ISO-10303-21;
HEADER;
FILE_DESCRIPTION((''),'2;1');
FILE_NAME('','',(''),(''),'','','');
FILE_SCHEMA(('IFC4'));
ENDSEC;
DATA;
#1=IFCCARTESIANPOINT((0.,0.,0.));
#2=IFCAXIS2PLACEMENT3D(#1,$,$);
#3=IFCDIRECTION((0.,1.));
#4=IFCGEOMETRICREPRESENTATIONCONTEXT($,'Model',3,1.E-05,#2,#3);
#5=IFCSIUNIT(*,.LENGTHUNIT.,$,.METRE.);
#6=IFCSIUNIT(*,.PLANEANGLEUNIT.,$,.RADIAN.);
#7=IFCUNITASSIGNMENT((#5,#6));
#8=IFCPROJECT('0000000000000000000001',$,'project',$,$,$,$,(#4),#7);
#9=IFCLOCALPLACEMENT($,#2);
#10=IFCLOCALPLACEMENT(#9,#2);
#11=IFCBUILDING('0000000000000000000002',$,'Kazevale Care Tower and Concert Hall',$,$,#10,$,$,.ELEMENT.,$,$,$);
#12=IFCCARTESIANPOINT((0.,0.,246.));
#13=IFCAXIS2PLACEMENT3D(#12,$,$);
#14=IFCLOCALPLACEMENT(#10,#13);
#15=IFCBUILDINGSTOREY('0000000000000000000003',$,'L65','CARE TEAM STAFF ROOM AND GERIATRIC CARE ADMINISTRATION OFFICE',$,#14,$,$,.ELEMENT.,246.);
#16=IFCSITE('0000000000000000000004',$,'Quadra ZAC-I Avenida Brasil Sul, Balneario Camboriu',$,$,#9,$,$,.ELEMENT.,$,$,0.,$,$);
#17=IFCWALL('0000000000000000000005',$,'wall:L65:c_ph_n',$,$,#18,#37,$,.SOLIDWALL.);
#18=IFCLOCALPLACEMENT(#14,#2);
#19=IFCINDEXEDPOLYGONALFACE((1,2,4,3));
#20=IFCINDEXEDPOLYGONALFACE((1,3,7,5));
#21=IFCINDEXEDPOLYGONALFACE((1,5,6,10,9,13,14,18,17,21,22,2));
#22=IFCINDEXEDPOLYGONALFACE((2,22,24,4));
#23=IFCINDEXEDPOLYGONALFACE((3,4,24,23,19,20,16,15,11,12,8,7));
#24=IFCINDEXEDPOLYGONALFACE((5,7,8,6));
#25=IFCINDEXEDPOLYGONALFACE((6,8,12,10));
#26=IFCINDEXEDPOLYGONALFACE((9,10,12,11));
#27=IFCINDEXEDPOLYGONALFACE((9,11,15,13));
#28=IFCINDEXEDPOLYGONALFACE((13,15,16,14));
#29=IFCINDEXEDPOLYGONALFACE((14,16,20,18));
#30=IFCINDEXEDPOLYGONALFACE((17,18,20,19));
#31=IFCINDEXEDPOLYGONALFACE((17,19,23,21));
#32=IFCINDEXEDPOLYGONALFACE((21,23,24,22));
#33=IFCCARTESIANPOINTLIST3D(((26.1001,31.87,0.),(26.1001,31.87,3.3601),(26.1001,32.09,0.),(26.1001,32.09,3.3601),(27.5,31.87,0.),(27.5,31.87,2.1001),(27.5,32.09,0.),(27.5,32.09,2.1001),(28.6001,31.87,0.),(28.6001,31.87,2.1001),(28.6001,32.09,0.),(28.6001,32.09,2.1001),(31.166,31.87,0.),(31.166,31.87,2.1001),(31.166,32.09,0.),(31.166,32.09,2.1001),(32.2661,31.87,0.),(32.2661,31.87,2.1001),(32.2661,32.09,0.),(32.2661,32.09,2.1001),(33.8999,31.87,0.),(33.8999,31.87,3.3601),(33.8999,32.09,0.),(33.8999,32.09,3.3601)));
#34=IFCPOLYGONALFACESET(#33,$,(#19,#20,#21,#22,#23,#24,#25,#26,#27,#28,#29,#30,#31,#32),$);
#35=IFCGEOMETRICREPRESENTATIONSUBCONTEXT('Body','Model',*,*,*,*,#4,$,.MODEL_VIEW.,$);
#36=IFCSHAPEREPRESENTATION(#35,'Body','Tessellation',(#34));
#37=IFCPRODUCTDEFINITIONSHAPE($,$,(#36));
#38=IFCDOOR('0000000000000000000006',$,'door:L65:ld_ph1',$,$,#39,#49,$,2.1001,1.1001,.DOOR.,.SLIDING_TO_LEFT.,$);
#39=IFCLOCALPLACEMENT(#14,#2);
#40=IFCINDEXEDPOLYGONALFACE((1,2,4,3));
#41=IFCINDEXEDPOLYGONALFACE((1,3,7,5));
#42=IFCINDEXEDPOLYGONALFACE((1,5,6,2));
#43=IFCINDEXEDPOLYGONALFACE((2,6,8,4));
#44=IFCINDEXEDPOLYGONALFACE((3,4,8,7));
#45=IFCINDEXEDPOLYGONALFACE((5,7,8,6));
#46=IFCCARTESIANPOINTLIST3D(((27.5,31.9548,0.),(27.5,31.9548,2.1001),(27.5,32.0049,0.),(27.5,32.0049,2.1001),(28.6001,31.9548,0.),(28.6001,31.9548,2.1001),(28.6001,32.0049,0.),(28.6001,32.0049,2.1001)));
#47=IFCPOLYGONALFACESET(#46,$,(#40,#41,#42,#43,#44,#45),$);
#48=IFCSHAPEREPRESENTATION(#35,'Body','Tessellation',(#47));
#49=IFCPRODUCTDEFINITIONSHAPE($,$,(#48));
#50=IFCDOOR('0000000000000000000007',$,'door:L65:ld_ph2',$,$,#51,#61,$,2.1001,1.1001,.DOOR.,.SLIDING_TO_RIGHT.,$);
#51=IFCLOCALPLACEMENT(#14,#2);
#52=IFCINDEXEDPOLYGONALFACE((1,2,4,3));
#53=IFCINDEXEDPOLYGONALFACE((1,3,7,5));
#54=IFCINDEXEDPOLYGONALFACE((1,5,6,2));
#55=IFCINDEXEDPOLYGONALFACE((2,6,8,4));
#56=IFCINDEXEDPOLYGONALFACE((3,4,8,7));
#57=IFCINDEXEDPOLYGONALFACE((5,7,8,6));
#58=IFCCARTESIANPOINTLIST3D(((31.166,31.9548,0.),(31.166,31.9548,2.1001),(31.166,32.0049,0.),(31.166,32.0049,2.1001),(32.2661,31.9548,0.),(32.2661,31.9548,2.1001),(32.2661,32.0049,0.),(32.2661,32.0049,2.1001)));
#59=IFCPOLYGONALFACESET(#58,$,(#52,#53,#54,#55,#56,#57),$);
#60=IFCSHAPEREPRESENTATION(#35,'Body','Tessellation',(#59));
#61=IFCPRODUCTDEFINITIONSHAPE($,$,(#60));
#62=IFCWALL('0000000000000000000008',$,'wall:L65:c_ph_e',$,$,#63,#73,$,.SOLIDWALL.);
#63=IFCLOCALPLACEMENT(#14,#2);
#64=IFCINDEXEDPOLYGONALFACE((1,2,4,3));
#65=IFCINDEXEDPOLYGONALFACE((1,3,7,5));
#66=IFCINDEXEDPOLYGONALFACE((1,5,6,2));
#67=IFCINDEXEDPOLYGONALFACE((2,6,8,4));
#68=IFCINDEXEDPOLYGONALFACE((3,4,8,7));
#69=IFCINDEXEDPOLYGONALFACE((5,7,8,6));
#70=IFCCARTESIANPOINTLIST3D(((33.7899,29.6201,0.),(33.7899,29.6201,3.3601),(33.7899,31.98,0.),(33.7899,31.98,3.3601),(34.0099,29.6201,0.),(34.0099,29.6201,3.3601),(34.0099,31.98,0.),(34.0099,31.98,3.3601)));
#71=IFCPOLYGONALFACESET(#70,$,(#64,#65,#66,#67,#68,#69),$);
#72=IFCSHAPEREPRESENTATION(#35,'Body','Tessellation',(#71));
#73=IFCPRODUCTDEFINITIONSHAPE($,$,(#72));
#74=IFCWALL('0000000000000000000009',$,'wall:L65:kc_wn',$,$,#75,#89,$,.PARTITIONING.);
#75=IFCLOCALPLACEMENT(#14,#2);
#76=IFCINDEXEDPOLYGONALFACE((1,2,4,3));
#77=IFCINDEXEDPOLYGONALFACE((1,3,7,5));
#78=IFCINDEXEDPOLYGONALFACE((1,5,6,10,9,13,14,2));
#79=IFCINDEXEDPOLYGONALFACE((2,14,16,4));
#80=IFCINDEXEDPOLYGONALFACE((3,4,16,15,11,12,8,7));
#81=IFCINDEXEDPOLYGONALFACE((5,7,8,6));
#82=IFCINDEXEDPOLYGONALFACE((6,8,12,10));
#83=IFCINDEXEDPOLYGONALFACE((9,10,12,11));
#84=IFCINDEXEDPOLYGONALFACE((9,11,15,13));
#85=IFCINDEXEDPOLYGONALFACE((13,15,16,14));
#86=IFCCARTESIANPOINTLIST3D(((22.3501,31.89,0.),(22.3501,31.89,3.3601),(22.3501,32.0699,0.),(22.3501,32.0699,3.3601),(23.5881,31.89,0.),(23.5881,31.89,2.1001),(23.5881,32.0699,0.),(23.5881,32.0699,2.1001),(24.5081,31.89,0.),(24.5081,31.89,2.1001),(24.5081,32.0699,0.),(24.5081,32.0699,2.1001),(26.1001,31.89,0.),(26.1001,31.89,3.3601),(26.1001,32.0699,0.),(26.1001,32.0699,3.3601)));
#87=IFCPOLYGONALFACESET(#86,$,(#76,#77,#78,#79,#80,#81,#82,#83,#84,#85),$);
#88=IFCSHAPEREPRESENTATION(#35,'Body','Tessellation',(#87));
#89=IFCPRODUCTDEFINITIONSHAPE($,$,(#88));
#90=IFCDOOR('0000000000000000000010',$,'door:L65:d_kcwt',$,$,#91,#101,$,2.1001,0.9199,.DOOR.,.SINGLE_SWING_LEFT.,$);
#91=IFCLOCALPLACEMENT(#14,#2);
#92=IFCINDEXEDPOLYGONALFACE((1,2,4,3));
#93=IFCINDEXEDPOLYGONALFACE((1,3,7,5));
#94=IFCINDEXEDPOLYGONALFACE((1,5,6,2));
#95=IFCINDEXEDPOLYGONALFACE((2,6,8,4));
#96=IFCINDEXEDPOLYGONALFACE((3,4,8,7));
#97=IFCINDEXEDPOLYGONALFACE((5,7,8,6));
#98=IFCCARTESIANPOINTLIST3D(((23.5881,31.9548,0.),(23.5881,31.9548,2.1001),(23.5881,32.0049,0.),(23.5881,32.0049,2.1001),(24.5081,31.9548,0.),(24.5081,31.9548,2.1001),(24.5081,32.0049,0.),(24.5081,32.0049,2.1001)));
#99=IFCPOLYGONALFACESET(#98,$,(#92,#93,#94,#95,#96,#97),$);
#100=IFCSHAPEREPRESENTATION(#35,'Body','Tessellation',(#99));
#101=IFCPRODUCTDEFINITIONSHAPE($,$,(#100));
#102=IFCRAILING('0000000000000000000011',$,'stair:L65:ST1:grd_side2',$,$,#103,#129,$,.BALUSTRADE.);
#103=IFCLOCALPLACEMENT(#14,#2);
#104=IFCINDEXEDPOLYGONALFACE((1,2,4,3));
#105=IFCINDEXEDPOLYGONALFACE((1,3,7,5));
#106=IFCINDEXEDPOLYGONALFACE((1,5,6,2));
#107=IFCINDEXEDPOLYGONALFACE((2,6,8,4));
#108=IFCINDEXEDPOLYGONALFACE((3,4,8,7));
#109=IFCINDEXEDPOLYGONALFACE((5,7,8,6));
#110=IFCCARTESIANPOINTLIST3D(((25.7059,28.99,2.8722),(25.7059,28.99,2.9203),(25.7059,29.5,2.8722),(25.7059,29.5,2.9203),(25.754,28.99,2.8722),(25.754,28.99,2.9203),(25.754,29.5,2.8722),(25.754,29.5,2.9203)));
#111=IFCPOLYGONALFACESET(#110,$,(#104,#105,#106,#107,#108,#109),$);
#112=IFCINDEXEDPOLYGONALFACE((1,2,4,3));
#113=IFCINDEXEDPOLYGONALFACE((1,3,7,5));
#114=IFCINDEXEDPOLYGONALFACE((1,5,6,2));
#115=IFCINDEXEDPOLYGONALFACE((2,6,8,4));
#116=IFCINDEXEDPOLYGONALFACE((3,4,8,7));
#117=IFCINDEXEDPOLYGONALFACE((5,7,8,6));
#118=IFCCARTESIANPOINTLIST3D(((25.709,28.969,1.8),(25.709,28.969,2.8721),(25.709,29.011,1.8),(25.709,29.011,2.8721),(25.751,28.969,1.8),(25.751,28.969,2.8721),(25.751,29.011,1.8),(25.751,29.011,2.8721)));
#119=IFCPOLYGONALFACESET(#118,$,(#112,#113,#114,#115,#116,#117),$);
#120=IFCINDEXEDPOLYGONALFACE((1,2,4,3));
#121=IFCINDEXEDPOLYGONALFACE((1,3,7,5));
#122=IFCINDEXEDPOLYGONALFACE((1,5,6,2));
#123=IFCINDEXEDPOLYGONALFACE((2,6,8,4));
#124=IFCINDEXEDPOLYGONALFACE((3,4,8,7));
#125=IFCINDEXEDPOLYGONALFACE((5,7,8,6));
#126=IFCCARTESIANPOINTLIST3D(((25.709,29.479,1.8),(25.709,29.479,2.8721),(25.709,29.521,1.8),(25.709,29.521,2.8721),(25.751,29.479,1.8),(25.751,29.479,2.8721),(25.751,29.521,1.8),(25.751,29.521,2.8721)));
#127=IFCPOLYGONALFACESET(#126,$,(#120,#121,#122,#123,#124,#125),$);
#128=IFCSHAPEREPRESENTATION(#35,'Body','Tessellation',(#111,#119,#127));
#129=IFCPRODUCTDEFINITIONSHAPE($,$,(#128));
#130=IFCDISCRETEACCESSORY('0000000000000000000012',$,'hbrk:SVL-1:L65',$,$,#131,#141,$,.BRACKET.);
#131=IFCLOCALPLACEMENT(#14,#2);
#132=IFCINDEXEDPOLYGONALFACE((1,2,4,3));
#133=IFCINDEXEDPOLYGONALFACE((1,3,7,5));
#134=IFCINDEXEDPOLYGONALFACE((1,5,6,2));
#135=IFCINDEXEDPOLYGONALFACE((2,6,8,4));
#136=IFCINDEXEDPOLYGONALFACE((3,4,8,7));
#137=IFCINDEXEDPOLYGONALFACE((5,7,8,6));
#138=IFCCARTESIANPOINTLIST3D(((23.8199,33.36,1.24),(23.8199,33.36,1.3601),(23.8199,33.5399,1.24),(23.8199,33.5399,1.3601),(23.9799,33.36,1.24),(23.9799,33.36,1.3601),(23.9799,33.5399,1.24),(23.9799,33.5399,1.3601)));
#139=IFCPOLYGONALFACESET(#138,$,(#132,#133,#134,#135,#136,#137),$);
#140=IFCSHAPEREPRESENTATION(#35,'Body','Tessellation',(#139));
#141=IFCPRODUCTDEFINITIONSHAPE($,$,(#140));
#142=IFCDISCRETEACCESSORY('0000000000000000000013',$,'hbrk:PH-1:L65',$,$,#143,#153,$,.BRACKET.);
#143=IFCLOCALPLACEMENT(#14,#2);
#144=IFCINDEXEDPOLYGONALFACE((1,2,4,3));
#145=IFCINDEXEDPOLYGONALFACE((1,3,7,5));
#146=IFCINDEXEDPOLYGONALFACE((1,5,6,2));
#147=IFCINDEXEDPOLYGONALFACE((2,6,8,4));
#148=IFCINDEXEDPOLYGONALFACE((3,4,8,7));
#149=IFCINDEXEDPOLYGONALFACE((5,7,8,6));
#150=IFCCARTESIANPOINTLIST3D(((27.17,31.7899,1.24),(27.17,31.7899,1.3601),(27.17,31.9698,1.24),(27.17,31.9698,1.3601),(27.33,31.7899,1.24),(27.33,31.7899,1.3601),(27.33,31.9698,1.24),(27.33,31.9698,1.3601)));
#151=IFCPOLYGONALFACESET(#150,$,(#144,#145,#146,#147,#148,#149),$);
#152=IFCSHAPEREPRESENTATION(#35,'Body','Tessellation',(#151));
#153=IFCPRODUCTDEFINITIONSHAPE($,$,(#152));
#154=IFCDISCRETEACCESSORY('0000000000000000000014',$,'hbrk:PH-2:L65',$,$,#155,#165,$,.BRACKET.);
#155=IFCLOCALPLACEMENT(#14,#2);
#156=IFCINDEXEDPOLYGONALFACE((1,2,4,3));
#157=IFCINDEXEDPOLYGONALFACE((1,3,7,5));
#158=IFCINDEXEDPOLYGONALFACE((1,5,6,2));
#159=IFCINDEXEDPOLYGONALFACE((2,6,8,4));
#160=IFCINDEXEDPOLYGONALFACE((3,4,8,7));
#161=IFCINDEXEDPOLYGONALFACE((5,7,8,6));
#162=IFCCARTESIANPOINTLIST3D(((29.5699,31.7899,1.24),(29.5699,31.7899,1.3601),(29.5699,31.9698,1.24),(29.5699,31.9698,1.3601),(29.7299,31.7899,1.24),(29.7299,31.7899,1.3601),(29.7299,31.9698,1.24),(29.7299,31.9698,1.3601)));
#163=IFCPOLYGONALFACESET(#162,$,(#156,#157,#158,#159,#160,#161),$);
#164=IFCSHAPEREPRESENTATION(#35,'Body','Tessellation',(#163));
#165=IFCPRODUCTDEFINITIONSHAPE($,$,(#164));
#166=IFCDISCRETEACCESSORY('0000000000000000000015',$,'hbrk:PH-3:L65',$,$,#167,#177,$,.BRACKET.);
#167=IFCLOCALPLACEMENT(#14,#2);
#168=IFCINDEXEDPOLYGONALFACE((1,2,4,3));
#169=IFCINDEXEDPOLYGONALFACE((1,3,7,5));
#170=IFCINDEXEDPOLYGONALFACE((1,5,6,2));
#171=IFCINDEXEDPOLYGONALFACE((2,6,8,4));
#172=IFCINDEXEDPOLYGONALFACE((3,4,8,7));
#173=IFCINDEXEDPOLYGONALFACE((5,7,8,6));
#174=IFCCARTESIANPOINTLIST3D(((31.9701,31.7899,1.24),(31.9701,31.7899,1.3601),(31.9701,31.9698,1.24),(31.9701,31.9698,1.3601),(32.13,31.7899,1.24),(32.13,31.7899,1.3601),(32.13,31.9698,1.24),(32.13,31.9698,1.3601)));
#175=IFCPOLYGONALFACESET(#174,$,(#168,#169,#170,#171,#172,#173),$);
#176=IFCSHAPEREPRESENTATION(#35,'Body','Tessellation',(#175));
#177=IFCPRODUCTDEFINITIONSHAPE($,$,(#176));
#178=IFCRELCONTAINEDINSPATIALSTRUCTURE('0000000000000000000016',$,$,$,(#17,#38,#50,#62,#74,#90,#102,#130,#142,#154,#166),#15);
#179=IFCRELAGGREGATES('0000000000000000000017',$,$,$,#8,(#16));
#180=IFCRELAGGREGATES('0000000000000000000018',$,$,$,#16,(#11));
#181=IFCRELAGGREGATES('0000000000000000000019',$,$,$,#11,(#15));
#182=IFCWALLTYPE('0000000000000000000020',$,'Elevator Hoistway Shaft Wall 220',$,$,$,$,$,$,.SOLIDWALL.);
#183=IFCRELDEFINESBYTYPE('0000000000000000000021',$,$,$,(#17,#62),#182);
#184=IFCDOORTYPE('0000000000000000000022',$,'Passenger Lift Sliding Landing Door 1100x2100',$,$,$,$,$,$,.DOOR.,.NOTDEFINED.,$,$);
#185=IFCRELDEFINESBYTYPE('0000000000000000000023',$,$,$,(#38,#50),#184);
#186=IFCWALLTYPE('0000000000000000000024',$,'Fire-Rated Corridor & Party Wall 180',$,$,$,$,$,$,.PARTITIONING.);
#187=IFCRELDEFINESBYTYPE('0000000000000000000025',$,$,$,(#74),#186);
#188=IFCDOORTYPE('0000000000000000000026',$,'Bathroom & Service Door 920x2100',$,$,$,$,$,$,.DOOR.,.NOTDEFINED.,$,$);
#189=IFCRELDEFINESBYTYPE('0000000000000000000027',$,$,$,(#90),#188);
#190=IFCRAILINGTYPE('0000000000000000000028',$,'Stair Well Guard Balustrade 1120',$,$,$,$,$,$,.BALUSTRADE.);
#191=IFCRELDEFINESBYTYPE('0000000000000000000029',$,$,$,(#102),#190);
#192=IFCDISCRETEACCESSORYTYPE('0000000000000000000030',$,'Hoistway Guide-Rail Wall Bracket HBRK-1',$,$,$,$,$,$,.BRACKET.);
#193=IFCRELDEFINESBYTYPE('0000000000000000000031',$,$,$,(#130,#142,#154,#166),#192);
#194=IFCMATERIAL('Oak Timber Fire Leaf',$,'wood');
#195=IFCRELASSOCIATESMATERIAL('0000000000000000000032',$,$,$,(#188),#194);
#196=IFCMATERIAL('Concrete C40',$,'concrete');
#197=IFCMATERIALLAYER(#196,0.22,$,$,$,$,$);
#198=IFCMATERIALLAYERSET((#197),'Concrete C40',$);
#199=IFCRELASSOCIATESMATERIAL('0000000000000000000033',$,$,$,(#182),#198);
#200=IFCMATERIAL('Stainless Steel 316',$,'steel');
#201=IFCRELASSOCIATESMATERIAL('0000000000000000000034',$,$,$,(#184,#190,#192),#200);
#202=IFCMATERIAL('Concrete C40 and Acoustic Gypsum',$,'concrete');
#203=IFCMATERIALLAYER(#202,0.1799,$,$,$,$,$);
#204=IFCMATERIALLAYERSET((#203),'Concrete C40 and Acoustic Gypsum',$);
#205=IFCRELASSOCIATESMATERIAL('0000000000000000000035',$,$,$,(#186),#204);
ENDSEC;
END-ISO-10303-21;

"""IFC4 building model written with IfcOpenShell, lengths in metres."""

from ifc_helpers import new_model, si_unit, direction, frame, frame_2d, origin, origin_2d, place, context, subcontext, project, spatial, rectangle, extrude, material, layer, layer_set, type_object, element, fill, save


model = new_model("IFC4")

# Units and contexts
model_context = context("Model", 3, precision=1e-05, world=origin(), true_north=direction((0.0, 1.0)))
body_context = subcontext(model_context, "Body", "Model", "MODEL_VIEW")
ifc_project = project(units=[si_unit("LENGTHUNIT", "METRE"), si_unit("PLANEANGLEUNIT", "RADIAN")], contexts=[model_context])

# Site, building, storey
site_placement = place(None, origin())
site = spatial("IfcSite", under=ifc_project, at=site_placement, Name="Quadra ZAC-I Avenida Brasil Sul, Balneario Camboriu", CompositionType="ELEMENT", RefElevation=0.0)
building_placement = place(site_placement, origin())
building = spatial("IfcBuilding", under=site, at=building_placement, Name="Kazevale Care Tower and Concert Hall", CompositionType="ELEMENT")
storey_placement = place(building_placement, frame((0.0, 0.0, 246.0)))
storey = spatial("IfcBuildingStorey", under=building, at=storey_placement, Name="L65", Description="CARE TEAM STAFF ROOM AND GERIATRIC CARE ADMINISTRATION OFFICE", CompositionType="ELEMENT", Elevation=246.0)

# Shared definitions
ifc_material_1 = material(Name="Oak Timber Fire Leaf", Category="wood")
door_type_1 = type_object("IfcDoorType", Name="Bathroom & Service Door 920x2100", OperationType="NOTDEFINED", PredefinedType="DOOR", material=ifc_material_1)

# Shared definitions
ifc_material_2 = material(Name="Concrete C40", Category="concrete")
ifc_layer_1 = layer(ifc_material_2, 0.22)
ifc_layer_set_1 = layer_set([ifc_layer_1], Name="Concrete C40")
wall_type_1 = type_object("IfcWallType", Name="Elevator Hoistway Shaft Wall 220", PredefinedType="SOLIDWALL", material=ifc_layer_set_1)

# Shared definitions
ifc_material_3 = material(Name="Stainless Steel 316", Category="steel")

# Wall, openings, doors
wall_1_placement = place(storey_placement, frame((26.1001, 31.98, 0.0), z_axis=(0.0, 0.0, 1.0), x_axis=(1.0, 0.0, 0.0)))
wall_1 = element("IfcWall", 1, at=wall_1_placement, inside=storey, type_object=wall_type_1, Name="wall:L65:c_ph_n", PredefinedType="SOLIDWALL", context=body_context, shape_type="SweptSolid", body=[
    extrude(rectangle(XDim=7.7998, YDim=0.22, at=frame_2d((3.8999, 0.0))), origin(), (0.0, 0.0, 1.0), 3.3601),
])
opening_1_placement = place(wall_1_placement, frame((1.3999, 0.0, 0.0)))
opening_1 = element("IfcOpeningElement", 2, at=opening_1_placement, cuts=wall_1, PredefinedType="OPENING", context=body_context, shape_type="SweptSolid", body=[
    extrude(rectangle(XDim=1.1001, YDim=2.1001, at=frame_2d((0.55, 1.05))), frame((0.0, 0.1199, 0.0), z_axis=(0.0, -1.0, 0.0), x_axis=(1.0, 0.0, 0.0)), (0.0, 0.0, 1.0), 0.24),
])
opening_2_placement = place(wall_1_placement, frame((5.0659, 0.0, 0.0)))
opening_2 = element("IfcOpeningElement", 3, at=opening_2_placement, cuts=wall_1, PredefinedType="OPENING", context=body_context, shape_type="SweptSolid", body=[
    extrude(rectangle(XDim=1.1001, YDim=2.1001, at=frame_2d((0.55, 1.05))), frame((0.0, 0.1199, 0.0), z_axis=(0.0, -1.0, 0.0), x_axis=(1.0, 0.0, 0.0)), (0.0, 0.0, 1.0), 0.24),
])
door_type_2 = type_object("IfcDoorType", Name="Passenger Lift Sliding Landing Door 1100x2100", OperationType="NOTDEFINED", PredefinedType="DOOR", material=ifc_material_3)
door_1_placement = place(opening_1_placement, origin())
door_1 = element("IfcDoor", 4, at=door_1_placement, inside=storey, type_object=door_type_2, Name="door:L65:ld_ph1", OperationType="SLIDING_TO_LEFT", OverallHeight=2.1001, OverallWidth=1.1001, PredefinedType="DOOR", context=body_context, shape_type="SweptSolid", body=[
    extrude(rectangle(XDim=1.1001, YDim=2.1001, at=frame_2d((0.55, 1.05))), frame((0.0, 0.0249, 0.0), z_axis=(0.0, -1.0, 0.0), x_axis=(1.0, 0.0, 0.0)), (0.0, 0.0, 1.0), 0.05),
])
fill(opening_1, door_1)
door_2_placement = place(opening_2_placement, origin())
door_2 = element("IfcDoor", 5, at=door_2_placement, inside=storey, type_object=door_type_2, Name="door:L65:ld_ph2", OperationType="SLIDING_TO_RIGHT", OverallHeight=2.1001, OverallWidth=1.1001, PredefinedType="DOOR", context=body_context, shape_type="SweptSolid", body=[
    extrude(rectangle(XDim=1.1001, YDim=2.1001, at=frame_2d((0.55, 1.05))), frame((0.0, 0.0249, 0.0), z_axis=(0.0, -1.0, 0.0), x_axis=(1.0, 0.0, 0.0)), (0.0, 0.0, 1.0), 0.05),
])
fill(opening_2, door_2)

# Wall
wall_2_placement = place(storey_placement, frame((33.8999, 29.6201, 0.0), z_axis=(0.0, 0.0, 1.0), x_axis=(0.0, 1.0, 0.0)))
element("IfcWall", 6, at=wall_2_placement, inside=storey, type_object=wall_type_1, Name="wall:L65:c_ph_e", PredefinedType="SOLIDWALL", context=body_context, shape_type="SweptSolid", body=[
    extrude(rectangle(XDim=2.3599, YDim=0.22, at=frame_2d((1.1799, 0.0))), origin(), (0.0, 0.0, 1.0), 3.3601),
])

# Wall, opening, door
ifc_material_4 = material(Name="Concrete C40 and Acoustic Gypsum", Category="concrete")
ifc_layer_2 = layer(ifc_material_4, 0.1799)
ifc_layer_set_2 = layer_set([ifc_layer_2], Name="Concrete C40 and Acoustic Gypsum")
wall_type_2 = type_object("IfcWallType", Name="Fire-Rated Corridor & Party Wall 180", PredefinedType="PARTITIONING", material=ifc_layer_set_2)
wall_3_placement = place(storey_placement, frame((22.3501, 31.98, 0.0), z_axis=(0.0, 0.0, 1.0), x_axis=(1.0, 0.0, 0.0)))
wall_3 = element("IfcWall", 7, at=wall_3_placement, inside=storey, type_object=wall_type_2, Name="wall:L65:kc_wn", PredefinedType="PARTITIONING", context=body_context, shape_type="SweptSolid", body=[
    extrude(rectangle(XDim=3.75, YDim=0.1799, at=frame_2d((1.875, 0.0))), origin(), (0.0, 0.0, 1.0), 3.3601),
])
opening_3_placement = place(wall_3_placement, frame((1.238, 0.0, 0.0)))
opening_3 = element("IfcOpeningElement", 8, at=opening_3_placement, cuts=wall_3, PredefinedType="OPENING", context=body_context, shape_type="SweptSolid", body=[
    extrude(rectangle(XDim=0.9199, YDim=2.1001, at=frame_2d((0.46, 1.05))), frame((0.0, 0.0999, 0.0), z_axis=(0.0, -1.0, 0.0), x_axis=(1.0, 0.0, 0.0)), (0.0, 0.0, 1.0), 0.2),
])
door_3_placement = place(opening_3_placement, origin())
door_3 = element("IfcDoor", 9, at=door_3_placement, inside=storey, type_object=door_type_1, Name="door:L65:d_kcwt", OperationType="SINGLE_SWING_LEFT", OverallHeight=2.1001, OverallWidth=0.9199, PredefinedType="DOOR", context=body_context, shape_type="SweptSolid", body=[
    extrude(rectangle(XDim=0.9199, YDim=2.1001, at=frame_2d((0.46, 1.05))), frame((0.0, 0.0249, 0.0), z_axis=(0.0, -1.0, 0.0), x_axis=(1.0, 0.0, 0.0)), (0.0, 0.0, 1.0), 0.05),
])
fill(opening_3, door_3)

# Railing
railing_type = type_object("IfcRailingType", Name="Stair Well Guard Balustrade 1120", PredefinedType="BALUSTRADE", material=ifc_material_3)
railing_placement = place(storey_placement, frame((25.73, 28.99, 1.8)))
element("IfcRailing", 10, at=railing_placement, inside=storey, type_object=railing_type, Name="stair:L65:ST1:grd_side2", PredefinedType="BALUSTRADE", context=body_context, shape_type="SweptSolid", body=[
    extrude(rectangle(XDim=0.0481, YDim=0.0481, at=origin_2d()), frame((0.0, 0.0, 1.0962), z_axis=(0.0, 1.0, 0.0), x_axis=(-1.0, 0.0, 0.0)), (0.0, 0.0, 1.0), 0.51),
    extrude(rectangle(XDim=0.042, YDim=0.042, at=origin_2d()), origin(), (0.0, 0.0, 1.0), 1.072),
    extrude(rectangle(XDim=0.042, YDim=0.042, at=origin_2d()), frame((0.0, 0.51, 0.0)), (0.0, 0.0, 1.0), 1.072),
])

# Discrete accessories
discrete_accessory_type = type_object("IfcDiscreteAccessoryType", Name="Hoistway Guide-Rail Wall Bracket HBRK-1", PredefinedType="BRACKET", material=ifc_material_3)
for number, where, z_axis, x_axis, name in (
    (11, (23.8999, 33.45, 1.24), (0.0, 0.0, 1.0), (1.0, 0.0, 0.0), "hbrk:SVL-1:L65"),
    (12, (27.25, 31.8799, 1.24), (0.0, 0.0, 1.0), (1.0, 0.0, 0.0), "hbrk:PH-1:L65"),
    (13, (29.6499, 31.8799, 1.24), (0.0, 0.0, 1.0), (1.0, 0.0, 0.0), "hbrk:PH-2:L65"),
    (14, (32.05, 31.8799, 1.24), (0.0, 0.0, 1.0), (1.0, 0.0, 0.0), "hbrk:PH-3:L65"),
):
    element("IfcDiscreteAccessory", number, at=place(storey_placement, frame(where, z_axis=z_axis, x_axis=x_axis)), inside=storey, type_object=discrete_accessory_type, Name=name, PredefinedType="BRACKET", context=body_context, shape_type="SweptSolid", body=[
        extrude(rectangle(XDim=0.1599, YDim=0.1799, at=origin_2d()), origin(), (0.0, 0.0, 1.0), 0.1201),
    ])

save(model, "model.ifc")
